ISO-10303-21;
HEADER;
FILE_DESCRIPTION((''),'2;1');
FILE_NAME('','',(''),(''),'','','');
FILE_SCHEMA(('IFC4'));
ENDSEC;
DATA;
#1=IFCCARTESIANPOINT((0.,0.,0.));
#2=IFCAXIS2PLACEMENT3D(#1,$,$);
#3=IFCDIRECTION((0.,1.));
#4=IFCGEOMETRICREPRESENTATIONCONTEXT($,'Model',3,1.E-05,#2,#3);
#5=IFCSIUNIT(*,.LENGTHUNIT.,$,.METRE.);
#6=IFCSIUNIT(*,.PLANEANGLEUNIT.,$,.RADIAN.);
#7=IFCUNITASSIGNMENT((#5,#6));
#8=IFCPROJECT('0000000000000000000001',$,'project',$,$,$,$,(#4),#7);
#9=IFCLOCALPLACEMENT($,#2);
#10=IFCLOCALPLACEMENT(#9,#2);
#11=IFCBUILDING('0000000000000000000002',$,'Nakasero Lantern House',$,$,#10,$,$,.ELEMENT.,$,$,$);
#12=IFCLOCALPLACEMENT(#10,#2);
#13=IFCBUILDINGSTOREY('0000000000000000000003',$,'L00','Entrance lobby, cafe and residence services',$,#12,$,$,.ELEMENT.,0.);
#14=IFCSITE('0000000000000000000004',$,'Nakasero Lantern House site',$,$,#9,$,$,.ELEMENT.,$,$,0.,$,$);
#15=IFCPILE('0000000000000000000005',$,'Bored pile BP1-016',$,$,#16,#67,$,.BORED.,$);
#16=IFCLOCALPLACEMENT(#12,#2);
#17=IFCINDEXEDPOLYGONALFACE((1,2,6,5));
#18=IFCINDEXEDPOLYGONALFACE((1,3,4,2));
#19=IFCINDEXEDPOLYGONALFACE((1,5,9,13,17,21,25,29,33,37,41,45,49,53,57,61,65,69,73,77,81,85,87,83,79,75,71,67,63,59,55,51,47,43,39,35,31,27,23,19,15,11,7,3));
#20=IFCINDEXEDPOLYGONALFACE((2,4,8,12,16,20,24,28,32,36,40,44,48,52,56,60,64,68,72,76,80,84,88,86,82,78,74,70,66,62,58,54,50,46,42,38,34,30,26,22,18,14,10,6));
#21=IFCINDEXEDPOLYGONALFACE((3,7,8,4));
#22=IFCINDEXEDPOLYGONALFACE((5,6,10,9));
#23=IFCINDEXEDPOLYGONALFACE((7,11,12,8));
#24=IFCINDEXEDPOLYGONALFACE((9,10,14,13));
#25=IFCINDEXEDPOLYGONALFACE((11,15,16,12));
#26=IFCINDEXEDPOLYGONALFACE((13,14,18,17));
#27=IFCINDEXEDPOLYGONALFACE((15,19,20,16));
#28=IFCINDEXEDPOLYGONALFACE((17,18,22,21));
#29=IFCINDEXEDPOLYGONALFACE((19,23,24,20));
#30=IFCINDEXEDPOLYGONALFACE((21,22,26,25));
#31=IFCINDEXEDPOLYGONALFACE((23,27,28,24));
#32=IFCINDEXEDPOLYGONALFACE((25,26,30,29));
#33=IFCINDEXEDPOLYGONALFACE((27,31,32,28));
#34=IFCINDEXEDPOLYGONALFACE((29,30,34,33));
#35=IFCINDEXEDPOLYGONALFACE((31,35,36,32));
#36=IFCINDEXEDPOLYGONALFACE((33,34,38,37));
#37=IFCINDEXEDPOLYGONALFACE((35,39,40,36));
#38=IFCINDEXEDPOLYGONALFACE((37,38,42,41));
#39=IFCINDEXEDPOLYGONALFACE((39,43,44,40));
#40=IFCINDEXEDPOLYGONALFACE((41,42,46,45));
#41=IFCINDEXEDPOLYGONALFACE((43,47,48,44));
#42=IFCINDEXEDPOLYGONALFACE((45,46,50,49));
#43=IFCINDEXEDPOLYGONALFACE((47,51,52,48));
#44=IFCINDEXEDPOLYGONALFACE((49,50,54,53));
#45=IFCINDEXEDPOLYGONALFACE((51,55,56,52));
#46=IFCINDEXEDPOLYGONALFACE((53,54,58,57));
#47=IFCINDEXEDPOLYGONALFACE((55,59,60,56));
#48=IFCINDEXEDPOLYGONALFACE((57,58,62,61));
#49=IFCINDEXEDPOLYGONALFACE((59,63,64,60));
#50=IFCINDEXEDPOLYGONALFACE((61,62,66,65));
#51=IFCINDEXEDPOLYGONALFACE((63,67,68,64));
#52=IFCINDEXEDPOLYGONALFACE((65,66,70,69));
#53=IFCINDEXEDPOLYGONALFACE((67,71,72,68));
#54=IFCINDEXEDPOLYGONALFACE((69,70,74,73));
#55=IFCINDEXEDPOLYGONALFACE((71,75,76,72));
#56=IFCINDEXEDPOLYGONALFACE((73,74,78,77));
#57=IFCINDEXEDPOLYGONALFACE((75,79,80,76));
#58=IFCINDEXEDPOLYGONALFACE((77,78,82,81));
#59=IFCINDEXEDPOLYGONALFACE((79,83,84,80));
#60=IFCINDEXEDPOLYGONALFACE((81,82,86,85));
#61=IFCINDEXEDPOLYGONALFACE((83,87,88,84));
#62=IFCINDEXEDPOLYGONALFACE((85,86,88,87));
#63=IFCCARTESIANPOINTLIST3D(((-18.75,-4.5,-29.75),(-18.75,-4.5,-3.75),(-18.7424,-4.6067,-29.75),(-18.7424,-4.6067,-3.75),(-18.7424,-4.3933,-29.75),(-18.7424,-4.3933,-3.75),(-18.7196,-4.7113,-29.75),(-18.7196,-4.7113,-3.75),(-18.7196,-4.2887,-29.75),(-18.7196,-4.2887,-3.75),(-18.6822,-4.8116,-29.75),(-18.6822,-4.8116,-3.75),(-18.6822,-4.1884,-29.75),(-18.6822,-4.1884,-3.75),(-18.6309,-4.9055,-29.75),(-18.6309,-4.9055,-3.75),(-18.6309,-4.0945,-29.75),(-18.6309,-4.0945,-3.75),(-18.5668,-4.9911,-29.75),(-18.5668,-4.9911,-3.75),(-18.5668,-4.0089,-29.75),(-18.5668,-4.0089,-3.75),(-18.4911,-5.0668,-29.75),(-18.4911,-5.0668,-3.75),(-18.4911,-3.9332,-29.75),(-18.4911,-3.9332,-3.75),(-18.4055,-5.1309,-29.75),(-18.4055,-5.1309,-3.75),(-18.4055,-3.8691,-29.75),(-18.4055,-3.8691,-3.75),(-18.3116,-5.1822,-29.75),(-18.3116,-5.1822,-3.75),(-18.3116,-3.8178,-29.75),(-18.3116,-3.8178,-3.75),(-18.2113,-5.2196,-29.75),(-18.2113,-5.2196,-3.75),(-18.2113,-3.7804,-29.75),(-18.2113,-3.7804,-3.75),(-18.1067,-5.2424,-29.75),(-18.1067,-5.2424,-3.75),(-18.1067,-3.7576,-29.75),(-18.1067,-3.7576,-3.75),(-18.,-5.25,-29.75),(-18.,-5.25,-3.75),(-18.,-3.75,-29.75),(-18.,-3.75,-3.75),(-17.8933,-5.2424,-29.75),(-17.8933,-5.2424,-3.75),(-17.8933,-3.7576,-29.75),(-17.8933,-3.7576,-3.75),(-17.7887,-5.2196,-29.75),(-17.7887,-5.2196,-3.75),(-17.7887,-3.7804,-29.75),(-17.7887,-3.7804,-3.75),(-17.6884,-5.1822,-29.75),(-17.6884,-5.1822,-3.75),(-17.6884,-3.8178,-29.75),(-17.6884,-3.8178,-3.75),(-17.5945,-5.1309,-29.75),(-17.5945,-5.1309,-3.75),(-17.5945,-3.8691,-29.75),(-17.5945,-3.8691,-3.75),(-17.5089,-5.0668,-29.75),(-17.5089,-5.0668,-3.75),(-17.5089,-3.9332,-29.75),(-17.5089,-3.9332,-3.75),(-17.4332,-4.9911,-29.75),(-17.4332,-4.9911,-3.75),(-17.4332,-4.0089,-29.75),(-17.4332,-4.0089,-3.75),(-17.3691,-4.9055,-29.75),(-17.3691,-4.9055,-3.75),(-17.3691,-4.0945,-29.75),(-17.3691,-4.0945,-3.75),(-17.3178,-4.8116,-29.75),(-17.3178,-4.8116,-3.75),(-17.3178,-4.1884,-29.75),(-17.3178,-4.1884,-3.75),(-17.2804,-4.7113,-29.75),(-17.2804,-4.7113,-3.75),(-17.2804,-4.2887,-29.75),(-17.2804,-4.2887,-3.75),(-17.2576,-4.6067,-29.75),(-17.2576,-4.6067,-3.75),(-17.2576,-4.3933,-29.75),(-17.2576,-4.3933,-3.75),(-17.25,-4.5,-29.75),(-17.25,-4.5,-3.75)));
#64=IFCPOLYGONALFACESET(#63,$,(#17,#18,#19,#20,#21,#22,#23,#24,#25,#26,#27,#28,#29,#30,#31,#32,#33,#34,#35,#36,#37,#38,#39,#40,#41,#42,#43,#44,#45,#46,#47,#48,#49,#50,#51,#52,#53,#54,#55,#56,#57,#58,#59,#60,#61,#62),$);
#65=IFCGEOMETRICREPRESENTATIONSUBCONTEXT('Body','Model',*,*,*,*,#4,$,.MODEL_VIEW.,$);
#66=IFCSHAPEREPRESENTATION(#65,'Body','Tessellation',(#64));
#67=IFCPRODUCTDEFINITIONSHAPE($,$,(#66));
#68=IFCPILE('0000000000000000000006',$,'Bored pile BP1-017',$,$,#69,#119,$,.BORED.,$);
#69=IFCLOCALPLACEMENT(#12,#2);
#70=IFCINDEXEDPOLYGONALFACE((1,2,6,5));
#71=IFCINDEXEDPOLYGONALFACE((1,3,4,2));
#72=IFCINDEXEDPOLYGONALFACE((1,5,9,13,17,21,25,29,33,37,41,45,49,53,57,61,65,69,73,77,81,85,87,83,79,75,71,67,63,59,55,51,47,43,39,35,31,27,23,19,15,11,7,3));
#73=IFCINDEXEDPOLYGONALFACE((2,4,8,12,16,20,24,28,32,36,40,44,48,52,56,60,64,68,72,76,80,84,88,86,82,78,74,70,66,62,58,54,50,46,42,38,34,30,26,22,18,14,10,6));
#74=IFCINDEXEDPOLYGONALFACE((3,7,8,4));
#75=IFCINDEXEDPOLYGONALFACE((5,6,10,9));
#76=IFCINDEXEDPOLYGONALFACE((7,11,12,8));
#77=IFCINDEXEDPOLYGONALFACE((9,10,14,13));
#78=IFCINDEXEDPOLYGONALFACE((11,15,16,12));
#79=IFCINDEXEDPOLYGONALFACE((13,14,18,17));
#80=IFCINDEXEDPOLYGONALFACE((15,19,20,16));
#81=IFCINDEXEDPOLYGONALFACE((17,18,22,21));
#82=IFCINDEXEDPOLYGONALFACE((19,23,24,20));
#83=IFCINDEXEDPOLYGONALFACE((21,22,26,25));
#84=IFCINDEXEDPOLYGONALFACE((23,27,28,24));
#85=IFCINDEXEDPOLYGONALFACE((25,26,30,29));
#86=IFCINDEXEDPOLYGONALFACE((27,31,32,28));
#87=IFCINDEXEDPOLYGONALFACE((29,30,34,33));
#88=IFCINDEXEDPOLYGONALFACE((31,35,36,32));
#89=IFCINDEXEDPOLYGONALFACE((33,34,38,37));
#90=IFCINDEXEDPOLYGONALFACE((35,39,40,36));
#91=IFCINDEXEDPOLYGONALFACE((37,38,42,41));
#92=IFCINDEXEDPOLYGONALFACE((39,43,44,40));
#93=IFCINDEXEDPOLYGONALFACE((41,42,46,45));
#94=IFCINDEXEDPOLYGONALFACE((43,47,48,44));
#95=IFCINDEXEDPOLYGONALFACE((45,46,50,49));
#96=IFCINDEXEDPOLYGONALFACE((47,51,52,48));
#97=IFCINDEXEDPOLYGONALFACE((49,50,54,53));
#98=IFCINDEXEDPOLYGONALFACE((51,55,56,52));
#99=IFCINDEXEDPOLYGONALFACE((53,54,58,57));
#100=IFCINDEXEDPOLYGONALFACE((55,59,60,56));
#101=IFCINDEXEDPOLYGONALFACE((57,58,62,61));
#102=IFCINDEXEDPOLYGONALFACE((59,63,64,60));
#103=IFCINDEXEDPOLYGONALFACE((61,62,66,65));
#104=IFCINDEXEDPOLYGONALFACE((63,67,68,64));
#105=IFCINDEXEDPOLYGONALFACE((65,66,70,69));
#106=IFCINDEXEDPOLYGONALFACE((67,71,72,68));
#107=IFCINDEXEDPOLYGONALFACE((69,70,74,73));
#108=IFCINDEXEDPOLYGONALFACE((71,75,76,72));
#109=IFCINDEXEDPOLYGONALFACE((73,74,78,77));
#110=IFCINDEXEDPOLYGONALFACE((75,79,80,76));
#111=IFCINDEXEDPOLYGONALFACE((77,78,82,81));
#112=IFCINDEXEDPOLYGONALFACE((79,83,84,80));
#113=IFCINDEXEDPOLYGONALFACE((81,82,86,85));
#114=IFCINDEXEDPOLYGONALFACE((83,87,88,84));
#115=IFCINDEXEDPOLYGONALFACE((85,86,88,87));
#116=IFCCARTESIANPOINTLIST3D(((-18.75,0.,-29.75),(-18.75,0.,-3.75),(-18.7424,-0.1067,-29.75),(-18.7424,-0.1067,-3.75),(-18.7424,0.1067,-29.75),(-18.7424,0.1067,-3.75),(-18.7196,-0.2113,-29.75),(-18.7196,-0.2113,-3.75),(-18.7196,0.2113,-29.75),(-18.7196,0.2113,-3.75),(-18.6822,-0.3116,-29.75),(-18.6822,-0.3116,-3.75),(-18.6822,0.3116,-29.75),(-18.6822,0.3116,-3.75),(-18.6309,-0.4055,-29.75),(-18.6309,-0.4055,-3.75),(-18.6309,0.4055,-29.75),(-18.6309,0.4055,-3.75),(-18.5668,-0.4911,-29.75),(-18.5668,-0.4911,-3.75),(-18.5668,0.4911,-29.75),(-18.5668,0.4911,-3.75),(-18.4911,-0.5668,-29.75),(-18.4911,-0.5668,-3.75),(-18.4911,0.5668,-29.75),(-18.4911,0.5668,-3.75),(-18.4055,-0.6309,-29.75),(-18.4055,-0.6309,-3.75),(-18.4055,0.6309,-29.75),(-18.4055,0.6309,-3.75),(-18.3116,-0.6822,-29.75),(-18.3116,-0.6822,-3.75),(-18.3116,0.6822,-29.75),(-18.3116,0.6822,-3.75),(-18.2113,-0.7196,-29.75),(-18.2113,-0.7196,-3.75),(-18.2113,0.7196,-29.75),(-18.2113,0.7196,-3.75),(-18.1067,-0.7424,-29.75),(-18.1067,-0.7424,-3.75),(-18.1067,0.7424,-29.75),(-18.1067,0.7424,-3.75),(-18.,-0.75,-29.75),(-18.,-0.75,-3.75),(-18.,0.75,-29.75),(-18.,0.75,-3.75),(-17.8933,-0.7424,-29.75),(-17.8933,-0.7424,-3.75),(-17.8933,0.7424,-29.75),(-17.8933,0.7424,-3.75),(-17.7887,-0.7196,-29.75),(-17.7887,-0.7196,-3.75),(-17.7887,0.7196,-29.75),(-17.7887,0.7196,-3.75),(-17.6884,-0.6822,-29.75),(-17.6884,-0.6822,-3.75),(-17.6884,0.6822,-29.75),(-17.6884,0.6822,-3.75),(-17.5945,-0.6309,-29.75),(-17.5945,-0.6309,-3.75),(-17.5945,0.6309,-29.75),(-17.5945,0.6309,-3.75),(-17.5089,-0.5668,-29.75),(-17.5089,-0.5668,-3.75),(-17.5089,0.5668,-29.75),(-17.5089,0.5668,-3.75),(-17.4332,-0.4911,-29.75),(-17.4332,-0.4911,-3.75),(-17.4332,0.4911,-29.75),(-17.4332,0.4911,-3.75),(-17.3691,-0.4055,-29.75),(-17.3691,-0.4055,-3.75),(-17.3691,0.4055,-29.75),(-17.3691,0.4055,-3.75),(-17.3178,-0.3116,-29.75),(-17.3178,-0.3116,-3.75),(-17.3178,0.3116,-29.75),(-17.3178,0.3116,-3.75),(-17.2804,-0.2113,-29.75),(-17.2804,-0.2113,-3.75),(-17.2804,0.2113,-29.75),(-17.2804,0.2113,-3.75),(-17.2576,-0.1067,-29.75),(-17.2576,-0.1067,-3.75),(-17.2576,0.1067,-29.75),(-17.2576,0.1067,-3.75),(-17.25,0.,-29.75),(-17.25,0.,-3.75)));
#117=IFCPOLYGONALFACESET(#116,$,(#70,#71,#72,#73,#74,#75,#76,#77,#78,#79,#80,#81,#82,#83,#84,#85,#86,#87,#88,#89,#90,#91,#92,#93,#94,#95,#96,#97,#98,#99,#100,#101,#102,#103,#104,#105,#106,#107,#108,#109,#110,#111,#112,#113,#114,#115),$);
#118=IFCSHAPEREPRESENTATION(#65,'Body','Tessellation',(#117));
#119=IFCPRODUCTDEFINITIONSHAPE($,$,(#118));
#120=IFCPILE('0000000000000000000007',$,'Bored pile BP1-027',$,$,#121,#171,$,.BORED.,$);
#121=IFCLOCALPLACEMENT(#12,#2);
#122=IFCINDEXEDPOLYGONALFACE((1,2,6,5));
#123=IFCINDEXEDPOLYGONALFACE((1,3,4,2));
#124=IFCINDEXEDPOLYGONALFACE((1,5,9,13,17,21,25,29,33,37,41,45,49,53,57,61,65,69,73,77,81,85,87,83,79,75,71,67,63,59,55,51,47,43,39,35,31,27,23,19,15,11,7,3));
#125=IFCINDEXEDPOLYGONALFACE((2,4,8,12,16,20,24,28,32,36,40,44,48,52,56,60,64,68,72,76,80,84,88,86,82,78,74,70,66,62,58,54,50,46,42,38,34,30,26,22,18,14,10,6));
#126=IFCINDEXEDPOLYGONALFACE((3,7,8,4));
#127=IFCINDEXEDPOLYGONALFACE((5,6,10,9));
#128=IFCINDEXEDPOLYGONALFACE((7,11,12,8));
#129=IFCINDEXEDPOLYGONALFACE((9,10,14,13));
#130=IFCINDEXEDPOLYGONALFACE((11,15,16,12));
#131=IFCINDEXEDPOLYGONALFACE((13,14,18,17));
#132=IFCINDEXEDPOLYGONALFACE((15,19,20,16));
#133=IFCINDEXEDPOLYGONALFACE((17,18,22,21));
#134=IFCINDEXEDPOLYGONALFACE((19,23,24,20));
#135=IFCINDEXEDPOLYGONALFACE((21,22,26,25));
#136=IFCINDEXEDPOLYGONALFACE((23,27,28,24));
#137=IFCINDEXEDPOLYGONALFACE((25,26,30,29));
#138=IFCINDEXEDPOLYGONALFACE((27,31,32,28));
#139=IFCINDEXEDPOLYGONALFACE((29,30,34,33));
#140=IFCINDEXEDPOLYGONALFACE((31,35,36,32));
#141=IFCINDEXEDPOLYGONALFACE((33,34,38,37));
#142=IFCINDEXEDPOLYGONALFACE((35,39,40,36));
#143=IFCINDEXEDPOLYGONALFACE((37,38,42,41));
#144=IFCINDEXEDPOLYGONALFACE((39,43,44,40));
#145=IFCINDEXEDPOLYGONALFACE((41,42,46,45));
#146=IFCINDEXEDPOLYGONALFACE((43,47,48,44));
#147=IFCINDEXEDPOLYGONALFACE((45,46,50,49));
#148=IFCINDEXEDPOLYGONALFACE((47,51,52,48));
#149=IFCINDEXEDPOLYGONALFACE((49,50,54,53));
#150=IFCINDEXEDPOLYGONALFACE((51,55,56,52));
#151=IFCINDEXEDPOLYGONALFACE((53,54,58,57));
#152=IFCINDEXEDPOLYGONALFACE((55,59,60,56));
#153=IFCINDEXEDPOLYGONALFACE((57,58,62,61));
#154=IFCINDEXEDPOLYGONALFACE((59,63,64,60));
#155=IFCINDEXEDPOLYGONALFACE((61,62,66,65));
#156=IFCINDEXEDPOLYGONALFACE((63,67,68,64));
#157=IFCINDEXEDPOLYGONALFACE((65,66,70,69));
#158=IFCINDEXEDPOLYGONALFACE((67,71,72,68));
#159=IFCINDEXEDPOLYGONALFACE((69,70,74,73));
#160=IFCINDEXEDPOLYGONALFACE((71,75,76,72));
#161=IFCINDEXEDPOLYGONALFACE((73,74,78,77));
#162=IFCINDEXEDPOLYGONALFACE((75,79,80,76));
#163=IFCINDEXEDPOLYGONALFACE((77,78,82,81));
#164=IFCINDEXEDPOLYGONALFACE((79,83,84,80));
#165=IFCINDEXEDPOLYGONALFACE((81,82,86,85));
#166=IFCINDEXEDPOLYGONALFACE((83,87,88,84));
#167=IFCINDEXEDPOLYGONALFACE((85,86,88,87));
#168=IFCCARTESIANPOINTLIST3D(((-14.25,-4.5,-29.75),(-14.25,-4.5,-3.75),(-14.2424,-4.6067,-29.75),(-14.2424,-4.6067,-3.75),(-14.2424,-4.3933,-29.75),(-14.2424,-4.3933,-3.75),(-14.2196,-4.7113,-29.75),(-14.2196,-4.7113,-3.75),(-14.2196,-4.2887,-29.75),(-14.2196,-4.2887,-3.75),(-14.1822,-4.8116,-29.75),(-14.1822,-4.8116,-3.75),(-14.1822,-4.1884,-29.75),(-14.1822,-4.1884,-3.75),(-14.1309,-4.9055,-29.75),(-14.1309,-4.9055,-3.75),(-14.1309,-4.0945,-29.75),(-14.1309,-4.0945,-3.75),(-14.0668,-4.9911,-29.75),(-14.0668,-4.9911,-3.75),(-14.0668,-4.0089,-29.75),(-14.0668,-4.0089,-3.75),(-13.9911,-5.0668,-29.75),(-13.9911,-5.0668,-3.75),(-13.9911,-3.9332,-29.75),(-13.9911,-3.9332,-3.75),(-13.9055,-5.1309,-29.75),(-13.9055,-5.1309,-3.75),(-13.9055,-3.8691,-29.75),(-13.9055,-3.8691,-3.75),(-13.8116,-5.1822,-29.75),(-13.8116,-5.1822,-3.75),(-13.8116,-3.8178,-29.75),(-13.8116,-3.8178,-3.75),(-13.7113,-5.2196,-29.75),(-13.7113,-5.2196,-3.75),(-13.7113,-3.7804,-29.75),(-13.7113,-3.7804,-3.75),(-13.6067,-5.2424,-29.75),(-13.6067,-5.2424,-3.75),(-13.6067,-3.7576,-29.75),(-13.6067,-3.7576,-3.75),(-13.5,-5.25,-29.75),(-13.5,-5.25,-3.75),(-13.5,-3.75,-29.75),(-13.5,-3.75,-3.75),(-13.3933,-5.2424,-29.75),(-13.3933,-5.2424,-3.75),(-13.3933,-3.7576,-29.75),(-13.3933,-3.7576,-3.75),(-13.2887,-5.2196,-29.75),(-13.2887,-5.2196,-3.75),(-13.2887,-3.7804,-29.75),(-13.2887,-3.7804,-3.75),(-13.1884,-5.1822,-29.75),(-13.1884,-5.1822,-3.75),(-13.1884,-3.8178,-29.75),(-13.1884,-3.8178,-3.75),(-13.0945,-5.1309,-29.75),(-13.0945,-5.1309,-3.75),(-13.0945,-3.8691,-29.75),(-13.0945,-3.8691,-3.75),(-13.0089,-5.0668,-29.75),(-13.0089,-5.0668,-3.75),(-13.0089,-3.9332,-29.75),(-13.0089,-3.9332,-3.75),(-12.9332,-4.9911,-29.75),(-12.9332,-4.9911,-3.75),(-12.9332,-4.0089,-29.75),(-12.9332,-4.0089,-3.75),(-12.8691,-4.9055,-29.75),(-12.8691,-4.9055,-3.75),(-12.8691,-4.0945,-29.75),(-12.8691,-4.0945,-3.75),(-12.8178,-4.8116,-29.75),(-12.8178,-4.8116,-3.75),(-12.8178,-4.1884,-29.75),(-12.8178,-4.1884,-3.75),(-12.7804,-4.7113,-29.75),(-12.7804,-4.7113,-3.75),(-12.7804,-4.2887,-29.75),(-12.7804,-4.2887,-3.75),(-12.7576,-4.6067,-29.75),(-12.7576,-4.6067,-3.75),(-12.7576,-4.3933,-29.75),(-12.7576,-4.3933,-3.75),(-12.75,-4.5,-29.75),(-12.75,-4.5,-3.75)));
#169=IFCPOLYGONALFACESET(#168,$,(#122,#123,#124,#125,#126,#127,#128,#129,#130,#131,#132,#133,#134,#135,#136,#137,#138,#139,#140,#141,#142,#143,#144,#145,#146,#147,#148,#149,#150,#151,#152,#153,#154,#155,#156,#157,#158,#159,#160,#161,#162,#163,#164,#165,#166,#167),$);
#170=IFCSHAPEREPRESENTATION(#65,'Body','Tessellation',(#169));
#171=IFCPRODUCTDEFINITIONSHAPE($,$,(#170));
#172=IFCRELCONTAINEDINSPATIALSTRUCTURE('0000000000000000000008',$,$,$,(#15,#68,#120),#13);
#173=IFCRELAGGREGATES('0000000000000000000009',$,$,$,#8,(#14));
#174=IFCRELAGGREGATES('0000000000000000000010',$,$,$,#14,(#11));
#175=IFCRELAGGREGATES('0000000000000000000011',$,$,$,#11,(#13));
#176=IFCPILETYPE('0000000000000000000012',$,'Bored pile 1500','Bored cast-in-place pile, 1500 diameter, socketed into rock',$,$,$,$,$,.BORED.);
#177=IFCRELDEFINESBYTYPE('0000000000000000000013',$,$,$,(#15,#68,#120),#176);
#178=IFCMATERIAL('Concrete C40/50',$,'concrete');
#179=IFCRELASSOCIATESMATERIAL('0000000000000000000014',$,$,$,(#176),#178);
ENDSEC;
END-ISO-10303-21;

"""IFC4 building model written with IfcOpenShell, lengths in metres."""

from ifc_helpers import new_model, si_unit, direction, frame, origin, origin_2d, place, context, subcontext, project, spatial, circle, extrude, material, type_object, element, save


model = new_model("IFC4")

# Units and contexts
model_context = context("Model", 3, precision=1e-05, world=origin(), true_north=direction((0.0, 1.0)))
body_context = subcontext(model_context, "Body", "Model", "MODEL_VIEW")
ifc_project = project(units=[si_unit("LENGTHUNIT", "METRE"), si_unit("PLANEANGLEUNIT", "RADIAN")], contexts=[model_context])

# Site, building, storey
site_placement = place(None, origin())
site = spatial("IfcSite", under=ifc_project, at=site_placement, Name="Nakasero Lantern House site", CompositionType="ELEMENT", RefElevation=0.0)
building_placement = place(site_placement, origin())
building = spatial("IfcBuilding", under=site, at=building_placement, Name="Nakasero Lantern House", CompositionType="ELEMENT")
storey_placement = place(building_placement, origin())
storey = spatial("IfcBuildingStorey", under=building, at=storey_placement, Name="L00", Description="Entrance lobby, cafe and residence services", CompositionType="ELEMENT", Elevation=0.0)

# Piles
ifc_material_1 = material(Name="Concrete C40/50", Category="concrete")
pile_type = type_object("IfcPileType", Name="Bored pile 1500", Description="Bored cast-in-place pile, 1500 diameter, socketed into rock", PredefinedType="BORED", material=ifc_material_1)
for number, where, z_axis, x_axis, name in (
    (1, (-18.0, -4.5, -3.75), (0.0, 0.0, -1.0), (1.0, 0.0, 0.0), "Bored pile BP1-016"),
    (2, (-18.0, 0.0, -3.75), (0.0, 0.0, -1.0), (1.0, 0.0, 0.0), "Bored pile BP1-017"),
    (3, (-13.5, -4.5, -3.75), (0.0, 0.0, -1.0), (1.0, 0.0, 0.0), "Bored pile BP1-027"),
):
    element("IfcPile", number, at=place(storey_placement, frame(where, z_axis=z_axis, x_axis=x_axis)), inside=storey, type_object=pile_type, Name=name, PredefinedType="BORED", context=body_context, shape_type="SweptSolid", body=[
        extrude(circle(Radius=0.75, at=origin_2d()), origin(), (0.0, 0.0, 1.0), 26.0),
    ])

save(model, "model.ifc")
